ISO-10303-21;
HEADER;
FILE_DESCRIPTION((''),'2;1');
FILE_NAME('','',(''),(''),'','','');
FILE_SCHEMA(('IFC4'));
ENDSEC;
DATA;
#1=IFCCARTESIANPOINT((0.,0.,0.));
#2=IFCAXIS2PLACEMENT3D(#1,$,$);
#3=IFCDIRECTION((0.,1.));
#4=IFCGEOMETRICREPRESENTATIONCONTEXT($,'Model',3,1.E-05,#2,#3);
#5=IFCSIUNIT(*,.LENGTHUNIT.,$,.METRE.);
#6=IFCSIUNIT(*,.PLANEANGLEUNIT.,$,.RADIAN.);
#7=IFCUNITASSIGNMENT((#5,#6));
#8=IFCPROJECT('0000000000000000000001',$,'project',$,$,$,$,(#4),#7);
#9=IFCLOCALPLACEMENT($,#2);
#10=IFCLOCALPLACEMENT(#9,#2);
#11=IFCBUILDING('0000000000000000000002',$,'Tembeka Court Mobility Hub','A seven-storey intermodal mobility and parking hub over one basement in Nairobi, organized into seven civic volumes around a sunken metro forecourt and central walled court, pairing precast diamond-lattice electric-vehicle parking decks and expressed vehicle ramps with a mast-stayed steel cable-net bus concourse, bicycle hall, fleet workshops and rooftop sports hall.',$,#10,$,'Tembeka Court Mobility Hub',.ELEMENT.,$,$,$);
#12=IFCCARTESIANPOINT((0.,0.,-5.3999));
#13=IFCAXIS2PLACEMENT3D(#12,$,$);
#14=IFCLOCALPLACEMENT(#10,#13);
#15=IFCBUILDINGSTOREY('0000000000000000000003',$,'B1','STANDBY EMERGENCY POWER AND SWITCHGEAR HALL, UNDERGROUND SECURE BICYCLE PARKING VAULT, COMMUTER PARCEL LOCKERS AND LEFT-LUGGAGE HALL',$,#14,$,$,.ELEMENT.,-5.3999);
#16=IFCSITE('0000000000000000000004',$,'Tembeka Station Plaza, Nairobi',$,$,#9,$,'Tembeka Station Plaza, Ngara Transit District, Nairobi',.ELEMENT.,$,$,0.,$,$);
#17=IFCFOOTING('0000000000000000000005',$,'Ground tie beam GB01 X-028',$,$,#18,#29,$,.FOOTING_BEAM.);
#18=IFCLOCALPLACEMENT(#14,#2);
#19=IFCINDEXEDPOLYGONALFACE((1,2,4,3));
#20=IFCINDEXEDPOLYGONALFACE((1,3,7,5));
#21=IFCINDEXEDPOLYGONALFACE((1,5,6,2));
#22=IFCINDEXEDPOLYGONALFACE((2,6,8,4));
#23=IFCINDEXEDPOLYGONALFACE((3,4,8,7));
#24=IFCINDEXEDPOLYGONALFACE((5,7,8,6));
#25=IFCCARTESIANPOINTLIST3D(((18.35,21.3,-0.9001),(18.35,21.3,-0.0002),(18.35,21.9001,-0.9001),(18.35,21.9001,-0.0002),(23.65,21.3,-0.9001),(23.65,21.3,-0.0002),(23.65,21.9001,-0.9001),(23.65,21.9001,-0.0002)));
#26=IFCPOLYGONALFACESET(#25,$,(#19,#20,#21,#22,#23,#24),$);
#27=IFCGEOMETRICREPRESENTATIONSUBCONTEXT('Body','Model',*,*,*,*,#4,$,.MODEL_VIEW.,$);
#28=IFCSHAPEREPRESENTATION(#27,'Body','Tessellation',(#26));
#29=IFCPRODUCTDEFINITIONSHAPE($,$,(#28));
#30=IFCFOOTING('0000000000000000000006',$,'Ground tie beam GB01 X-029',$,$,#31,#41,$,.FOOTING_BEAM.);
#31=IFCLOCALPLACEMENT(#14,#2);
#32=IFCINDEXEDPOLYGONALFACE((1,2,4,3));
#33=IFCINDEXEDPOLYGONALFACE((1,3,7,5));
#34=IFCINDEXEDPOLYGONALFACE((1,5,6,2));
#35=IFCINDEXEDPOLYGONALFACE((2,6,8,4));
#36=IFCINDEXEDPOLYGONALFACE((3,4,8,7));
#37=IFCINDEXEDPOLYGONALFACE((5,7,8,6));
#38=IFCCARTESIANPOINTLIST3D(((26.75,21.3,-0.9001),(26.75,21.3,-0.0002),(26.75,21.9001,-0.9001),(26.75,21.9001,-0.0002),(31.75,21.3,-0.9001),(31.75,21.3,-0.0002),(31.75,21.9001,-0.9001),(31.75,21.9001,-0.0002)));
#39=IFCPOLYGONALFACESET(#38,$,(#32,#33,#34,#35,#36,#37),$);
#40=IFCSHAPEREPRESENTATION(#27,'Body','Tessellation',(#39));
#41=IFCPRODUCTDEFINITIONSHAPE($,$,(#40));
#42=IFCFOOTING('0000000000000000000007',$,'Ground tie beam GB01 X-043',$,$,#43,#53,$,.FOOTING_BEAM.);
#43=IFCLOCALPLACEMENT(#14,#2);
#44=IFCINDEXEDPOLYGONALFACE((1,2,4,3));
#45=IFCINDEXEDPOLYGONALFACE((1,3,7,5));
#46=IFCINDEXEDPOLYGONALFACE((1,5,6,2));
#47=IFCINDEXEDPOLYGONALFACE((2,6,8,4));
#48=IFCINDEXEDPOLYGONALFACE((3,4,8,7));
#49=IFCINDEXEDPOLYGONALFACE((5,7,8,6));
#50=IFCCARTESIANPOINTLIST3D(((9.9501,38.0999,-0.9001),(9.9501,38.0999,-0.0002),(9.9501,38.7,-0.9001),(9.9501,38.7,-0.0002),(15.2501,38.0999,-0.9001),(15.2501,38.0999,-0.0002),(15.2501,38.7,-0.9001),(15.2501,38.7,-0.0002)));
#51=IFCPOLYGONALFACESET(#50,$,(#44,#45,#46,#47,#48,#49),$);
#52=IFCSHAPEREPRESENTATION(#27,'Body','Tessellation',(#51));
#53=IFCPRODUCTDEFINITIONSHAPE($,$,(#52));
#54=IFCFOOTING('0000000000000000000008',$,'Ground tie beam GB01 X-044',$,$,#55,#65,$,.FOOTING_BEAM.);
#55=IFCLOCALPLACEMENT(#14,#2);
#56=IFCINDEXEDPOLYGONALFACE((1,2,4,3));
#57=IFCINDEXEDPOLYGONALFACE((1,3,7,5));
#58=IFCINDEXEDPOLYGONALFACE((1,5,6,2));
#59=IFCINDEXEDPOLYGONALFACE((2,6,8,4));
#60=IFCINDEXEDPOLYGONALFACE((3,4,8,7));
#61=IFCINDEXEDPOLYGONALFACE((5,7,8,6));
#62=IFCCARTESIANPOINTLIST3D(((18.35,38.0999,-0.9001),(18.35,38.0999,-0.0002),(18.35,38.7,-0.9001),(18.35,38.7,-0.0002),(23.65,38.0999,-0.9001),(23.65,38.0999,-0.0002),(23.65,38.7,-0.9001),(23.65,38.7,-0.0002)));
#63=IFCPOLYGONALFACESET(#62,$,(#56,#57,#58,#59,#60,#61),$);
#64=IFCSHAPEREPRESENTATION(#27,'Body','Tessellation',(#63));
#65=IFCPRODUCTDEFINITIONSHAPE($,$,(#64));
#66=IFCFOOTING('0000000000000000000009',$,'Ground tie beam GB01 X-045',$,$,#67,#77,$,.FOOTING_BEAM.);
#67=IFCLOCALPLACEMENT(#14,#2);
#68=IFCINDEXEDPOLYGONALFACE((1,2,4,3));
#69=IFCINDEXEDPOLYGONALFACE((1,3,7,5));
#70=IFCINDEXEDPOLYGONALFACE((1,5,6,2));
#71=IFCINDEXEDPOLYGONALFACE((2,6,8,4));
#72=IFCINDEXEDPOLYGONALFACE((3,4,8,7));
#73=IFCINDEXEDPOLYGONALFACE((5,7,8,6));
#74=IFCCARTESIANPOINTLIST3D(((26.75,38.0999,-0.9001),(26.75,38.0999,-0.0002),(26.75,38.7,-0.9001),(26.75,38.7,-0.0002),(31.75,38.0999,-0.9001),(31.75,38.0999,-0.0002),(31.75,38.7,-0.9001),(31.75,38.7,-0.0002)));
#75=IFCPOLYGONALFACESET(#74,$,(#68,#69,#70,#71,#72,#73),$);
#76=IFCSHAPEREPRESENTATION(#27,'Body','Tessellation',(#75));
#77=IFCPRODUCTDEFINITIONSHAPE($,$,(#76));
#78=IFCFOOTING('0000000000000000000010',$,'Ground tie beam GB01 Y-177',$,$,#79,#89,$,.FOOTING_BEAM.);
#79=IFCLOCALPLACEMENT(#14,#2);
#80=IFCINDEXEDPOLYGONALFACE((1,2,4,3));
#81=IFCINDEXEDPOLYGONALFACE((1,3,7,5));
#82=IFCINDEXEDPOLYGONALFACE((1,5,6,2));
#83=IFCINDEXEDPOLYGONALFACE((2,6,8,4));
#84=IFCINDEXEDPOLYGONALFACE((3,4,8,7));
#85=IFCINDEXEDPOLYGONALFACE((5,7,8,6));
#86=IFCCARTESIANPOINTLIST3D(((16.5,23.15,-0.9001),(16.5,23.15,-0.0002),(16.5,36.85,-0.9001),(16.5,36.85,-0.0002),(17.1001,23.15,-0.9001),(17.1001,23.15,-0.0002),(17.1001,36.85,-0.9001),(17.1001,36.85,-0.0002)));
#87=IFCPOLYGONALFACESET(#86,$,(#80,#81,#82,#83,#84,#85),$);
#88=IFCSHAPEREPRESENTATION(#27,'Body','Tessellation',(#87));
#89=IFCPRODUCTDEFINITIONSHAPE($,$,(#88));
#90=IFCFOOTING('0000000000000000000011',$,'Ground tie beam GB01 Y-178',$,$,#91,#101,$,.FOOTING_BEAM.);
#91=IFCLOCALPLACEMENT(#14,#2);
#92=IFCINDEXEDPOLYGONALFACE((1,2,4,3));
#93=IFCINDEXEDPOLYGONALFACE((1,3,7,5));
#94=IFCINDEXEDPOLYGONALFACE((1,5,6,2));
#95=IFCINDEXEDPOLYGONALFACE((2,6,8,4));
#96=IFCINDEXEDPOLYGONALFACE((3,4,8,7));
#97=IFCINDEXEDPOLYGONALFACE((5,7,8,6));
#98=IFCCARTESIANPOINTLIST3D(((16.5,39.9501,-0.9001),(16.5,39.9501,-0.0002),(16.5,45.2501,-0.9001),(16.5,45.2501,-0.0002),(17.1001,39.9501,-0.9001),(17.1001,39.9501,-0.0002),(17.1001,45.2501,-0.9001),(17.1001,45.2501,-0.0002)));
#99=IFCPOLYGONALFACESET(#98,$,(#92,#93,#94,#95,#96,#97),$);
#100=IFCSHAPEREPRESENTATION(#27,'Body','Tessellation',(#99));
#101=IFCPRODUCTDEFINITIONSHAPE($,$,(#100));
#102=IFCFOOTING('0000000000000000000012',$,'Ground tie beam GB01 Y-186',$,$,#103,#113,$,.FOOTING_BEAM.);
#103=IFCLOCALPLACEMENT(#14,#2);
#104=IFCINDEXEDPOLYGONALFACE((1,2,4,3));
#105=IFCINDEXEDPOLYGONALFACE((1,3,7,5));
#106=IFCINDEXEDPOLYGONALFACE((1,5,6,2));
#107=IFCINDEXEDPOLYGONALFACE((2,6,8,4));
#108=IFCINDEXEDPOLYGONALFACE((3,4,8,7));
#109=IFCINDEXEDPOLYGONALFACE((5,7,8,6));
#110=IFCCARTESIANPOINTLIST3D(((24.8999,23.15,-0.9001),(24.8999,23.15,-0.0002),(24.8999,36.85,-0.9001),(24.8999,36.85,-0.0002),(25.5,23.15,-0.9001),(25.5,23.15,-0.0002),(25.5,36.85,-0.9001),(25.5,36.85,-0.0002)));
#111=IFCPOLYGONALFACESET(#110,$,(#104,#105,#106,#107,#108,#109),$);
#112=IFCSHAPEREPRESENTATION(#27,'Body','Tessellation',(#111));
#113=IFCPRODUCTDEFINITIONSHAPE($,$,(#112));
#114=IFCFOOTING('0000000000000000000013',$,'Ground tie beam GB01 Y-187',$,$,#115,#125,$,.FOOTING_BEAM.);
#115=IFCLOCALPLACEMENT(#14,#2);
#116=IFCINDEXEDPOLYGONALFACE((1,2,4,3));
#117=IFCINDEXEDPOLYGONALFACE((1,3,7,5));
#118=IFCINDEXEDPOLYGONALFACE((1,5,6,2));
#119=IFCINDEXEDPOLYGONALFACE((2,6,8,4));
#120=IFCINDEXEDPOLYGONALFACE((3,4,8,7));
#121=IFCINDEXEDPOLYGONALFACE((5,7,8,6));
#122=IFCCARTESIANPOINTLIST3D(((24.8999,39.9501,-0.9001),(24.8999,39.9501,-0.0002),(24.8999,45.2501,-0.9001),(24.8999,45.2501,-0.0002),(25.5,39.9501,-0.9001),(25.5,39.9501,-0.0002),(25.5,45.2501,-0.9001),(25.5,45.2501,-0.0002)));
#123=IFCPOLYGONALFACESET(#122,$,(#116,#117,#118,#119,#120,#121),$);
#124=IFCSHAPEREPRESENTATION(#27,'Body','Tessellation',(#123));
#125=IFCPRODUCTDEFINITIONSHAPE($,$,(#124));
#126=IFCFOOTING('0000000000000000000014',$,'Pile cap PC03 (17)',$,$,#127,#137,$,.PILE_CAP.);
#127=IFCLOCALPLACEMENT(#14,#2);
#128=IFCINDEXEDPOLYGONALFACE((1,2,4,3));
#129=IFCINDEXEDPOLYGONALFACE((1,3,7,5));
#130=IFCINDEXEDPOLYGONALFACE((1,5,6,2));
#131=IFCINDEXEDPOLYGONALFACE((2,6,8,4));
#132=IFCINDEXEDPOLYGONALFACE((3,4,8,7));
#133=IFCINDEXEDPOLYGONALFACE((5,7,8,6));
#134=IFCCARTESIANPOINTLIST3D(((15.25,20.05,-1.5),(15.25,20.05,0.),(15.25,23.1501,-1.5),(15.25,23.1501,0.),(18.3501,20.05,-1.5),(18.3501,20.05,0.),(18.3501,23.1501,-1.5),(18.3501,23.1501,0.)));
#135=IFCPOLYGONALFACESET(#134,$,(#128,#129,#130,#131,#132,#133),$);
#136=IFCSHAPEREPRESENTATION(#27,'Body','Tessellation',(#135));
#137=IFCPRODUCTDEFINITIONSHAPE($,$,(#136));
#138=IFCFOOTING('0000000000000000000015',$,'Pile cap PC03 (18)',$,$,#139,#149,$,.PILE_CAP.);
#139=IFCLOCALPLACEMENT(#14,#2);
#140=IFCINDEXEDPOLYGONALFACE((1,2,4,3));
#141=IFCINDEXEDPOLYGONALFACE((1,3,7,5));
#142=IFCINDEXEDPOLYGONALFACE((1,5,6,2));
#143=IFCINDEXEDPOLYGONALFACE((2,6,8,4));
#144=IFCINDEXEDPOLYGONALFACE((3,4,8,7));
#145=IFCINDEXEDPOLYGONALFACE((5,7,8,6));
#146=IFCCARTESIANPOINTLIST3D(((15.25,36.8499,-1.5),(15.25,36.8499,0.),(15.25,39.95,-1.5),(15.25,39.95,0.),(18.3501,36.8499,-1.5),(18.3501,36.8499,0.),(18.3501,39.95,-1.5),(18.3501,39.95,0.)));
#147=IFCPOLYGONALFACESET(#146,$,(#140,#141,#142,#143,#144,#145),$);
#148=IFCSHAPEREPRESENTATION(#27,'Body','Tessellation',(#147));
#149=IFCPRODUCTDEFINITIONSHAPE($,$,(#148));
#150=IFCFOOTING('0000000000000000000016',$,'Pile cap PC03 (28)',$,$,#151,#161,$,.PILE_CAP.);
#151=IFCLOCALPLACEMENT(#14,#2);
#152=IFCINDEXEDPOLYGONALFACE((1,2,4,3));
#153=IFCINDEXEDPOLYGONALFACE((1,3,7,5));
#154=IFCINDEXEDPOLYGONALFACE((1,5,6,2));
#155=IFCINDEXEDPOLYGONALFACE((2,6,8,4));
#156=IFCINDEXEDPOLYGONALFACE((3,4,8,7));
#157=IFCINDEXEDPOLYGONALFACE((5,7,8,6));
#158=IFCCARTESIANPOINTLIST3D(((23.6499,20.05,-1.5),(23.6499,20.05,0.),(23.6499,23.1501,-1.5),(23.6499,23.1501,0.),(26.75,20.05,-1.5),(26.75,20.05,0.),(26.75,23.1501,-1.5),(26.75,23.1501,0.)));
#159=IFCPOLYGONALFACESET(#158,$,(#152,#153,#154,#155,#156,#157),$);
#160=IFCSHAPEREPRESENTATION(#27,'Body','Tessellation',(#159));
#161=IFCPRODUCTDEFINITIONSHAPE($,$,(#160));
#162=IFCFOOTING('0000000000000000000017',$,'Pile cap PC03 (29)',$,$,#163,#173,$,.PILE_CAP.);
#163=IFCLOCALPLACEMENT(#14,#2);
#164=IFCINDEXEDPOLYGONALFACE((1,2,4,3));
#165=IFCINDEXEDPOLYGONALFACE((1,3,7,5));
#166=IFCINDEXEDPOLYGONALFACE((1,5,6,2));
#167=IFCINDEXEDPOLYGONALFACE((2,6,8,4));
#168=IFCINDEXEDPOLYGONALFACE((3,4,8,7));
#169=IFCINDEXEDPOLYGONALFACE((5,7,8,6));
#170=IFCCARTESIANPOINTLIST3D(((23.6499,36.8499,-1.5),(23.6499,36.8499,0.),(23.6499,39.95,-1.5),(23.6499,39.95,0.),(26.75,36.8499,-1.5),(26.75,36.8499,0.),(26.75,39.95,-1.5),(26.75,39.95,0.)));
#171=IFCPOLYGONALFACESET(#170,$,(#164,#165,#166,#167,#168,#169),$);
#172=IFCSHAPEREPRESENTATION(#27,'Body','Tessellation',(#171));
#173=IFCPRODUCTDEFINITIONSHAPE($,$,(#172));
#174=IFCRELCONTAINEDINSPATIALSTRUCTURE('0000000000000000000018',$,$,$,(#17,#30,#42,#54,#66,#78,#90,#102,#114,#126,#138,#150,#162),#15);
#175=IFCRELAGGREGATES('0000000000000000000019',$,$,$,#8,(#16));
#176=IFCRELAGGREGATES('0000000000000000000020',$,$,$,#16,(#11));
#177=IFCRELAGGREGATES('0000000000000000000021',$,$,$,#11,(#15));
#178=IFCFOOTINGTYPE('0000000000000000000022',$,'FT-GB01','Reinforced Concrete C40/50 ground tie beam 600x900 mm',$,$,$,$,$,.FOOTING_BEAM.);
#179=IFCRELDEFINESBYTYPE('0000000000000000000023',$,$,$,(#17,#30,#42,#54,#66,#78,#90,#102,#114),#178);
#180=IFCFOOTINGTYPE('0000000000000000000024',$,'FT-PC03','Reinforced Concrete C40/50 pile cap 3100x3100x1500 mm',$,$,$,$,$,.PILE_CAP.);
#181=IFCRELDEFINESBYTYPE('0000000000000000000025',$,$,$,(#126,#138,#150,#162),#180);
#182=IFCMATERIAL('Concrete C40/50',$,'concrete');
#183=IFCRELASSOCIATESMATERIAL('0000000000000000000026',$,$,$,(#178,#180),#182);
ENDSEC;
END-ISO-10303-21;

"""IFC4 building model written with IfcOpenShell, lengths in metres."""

from ifc_helpers import new_model, si_unit, direction, frame, origin, origin_2d, place, context, subcontext, project, spatial, rectangle, extrude, material, type_object, element, save


model = new_model("IFC4")

# Units and contexts
model_context = context("Model", 3, precision=1e-05, world=origin(), true_north=direction((0.0, 1.0)))
body_context = subcontext(model_context, "Body", "Model", "MODEL_VIEW")
ifc_project = project(units=[si_unit("LENGTHUNIT", "METRE"), si_unit("PLANEANGLEUNIT", "RADIAN")], contexts=[model_context])

# Site, building, storey
site_placement = place(None, origin())
site = spatial("IfcSite", under=ifc_project, at=site_placement, Name="Tembeka Station Plaza, Nairobi", LongName="Tembeka Station Plaza, Ngara Transit District, Nairobi", CompositionType="ELEMENT", RefElevation=0.0)
building_placement = place(site_placement, origin())
building = spatial("IfcBuilding", under=site, at=building_placement, Name="Tembeka Court Mobility Hub", Description="A seven-storey intermodal mobility and parking hub over one basement in Nairobi, organized into seven civic volumes around a sunken metro forecourt and central walled court, pairing precast diamond-lattice electric-vehicle parking decks and expressed vehicle ramps with a mast-stayed steel cable-net bus concourse, bicycle hall, fleet workshops and rooftop sports hall.", LongName="Tembeka Court Mobility Hub", CompositionType="ELEMENT")
storey_placement = place(building_placement, frame((0.0, 0.0, -5.3999)))
storey = spatial("IfcBuildingStorey", under=building, at=storey_placement, Name="B1", Description="STANDBY EMERGENCY POWER AND SWITCHGEAR HALL, UNDERGROUND SECURE BICYCLE PARKING VAULT, COMMUTER PARCEL LOCKERS AND LEFT-LUGGAGE HALL", CompositionType="ELEMENT", Elevation=-5.3999)

# Footings
ifc_material_1 = material(Name="Concrete C40/50", Category="concrete")
footing_type_1 = type_object("IfcFootingType", Name="FT-GB01", Description="Reinforced Concrete C40/50 ground tie beam 600x900 mm", PredefinedType="FOOTING_BEAM", material=ifc_material_1)
footing_1_placement = place(storey_placement, frame((21.0, 21.6001, -0.9001), z_axis=(0.0, 0.0, 1.0), x_axis=(1.0, 0.0, 0.0)))
element("IfcFooting", 1, at=footing_1_placement, inside=storey, type_object=footing_type_1, Name="Ground tie beam GB01 X-028", PredefinedType="FOOTING_BEAM", context=body_context, shape_type="SweptSolid", body=[
    extrude(rectangle(XDim=5.3, YDim=0.6001, at=origin_2d()), origin(), (0.0, 0.0, 1.0), 0.8999),
])
footing_2_placement = place(storey_placement, frame((29.25, 21.6001, -0.9001), z_axis=(0.0, 0.0, 1.0), x_axis=(1.0, 0.0, 0.0)))
element("IfcFooting", 2, at=footing_2_placement, inside=storey, type_object=footing_type_1, Name="Ground tie beam GB01 X-029", PredefinedType="FOOTING_BEAM", context=body_context, shape_type="SweptSolid", body=[
    extrude(rectangle(XDim=5.0, YDim=0.6001, at=origin_2d()), origin(), (0.0, 0.0, 1.0), 0.8999),
])
for number, where, z_axis, x_axis, name in (
    (3, (12.6001, 38.3999, -0.9001), (0.0, 0.0, 1.0), (1.0, 0.0, 0.0), "Ground tie beam GB01 X-043"),
    (4, (21.0, 38.3999, -0.9001), (0.0, 0.0, 1.0), (1.0, 0.0, 0.0), "Ground tie beam GB01 X-044"),
):
    element("IfcFooting", number, at=place(storey_placement, frame(where, z_axis=z_axis, x_axis=x_axis)), inside=storey, type_object=footing_type_1, Name=name, PredefinedType="FOOTING_BEAM", context=body_context, shape_type="SweptSolid", body=[
        extrude(rectangle(XDim=5.3, YDim=0.6001, at=origin_2d()), origin(), (0.0, 0.0, 1.0), 0.8999),
    ])
footing_3_placement = place(storey_placement, frame((29.25, 38.3999, -0.9001), z_axis=(0.0, 0.0, 1.0), x_axis=(1.0, 0.0, 0.0)))
element("IfcFooting", 5, at=footing_3_placement, inside=storey, type_object=footing_type_1, Name="Ground tie beam GB01 X-045", PredefinedType="FOOTING_BEAM", context=body_context, shape_type="SweptSolid", body=[
    extrude(rectangle(XDim=5.0, YDim=0.6001, at=origin_2d()), origin(), (0.0, 0.0, 1.0), 0.8999),
])
footing_4_placement = place(storey_placement, frame((16.8, 30.0, -0.9001), z_axis=(0.0, 0.0, 1.0), x_axis=(0.0, 1.0, 0.0)))
element("IfcFooting", 6, at=footing_4_placement, inside=storey, type_object=footing_type_1, Name="Ground tie beam GB01 Y-177", PredefinedType="FOOTING_BEAM", context=body_context, shape_type="SweptSolid", body=[
    extrude(rectangle(XDim=13.7, YDim=0.6001, at=origin_2d()), origin(), (0.0, 0.0, 1.0), 0.8999),
])
footing_5_placement = place(storey_placement, frame((16.8, 42.6001, -0.9001), z_axis=(0.0, 0.0, 1.0), x_axis=(0.0, 1.0, 0.0)))
element("IfcFooting", 7, at=footing_5_placement, inside=storey, type_object=footing_type_1, Name="Ground tie beam GB01 Y-178", PredefinedType="FOOTING_BEAM", context=body_context, shape_type="SweptSolid", body=[
    extrude(rectangle(XDim=5.3, YDim=0.6001, at=origin_2d()), origin(), (0.0, 0.0, 1.0), 0.8999),
])
footing_6_placement = place(storey_placement, frame((25.2, 30.0, -0.9001), z_axis=(0.0, 0.0, 1.0), x_axis=(0.0, 1.0, 0.0)))
element("IfcFooting", 8, at=footing_6_placement, inside=storey, type_object=footing_type_1, Name="Ground tie beam GB01 Y-186", PredefinedType="FOOTING_BEAM", context=body_context, shape_type="SweptSolid", body=[
    extrude(rectangle(XDim=13.7, YDim=0.6001, at=origin_2d()), origin(), (0.0, 0.0, 1.0), 0.8999),
])
footing_7_placement = place(storey_placement, frame((25.2, 42.6001, -0.9001), z_axis=(0.0, 0.0, 1.0), x_axis=(0.0, 1.0, 0.0)))
element("IfcFooting", 9, at=footing_7_placement, inside=storey, type_object=footing_type_1, Name="Ground tie beam GB01 Y-187", PredefinedType="FOOTING_BEAM", context=body_context, shape_type="SweptSolid", body=[
    extrude(rectangle(XDim=5.3, YDim=0.6001, at=origin_2d()), origin(), (0.0, 0.0, 1.0), 0.8999),
])
footing_type_2 = type_object("IfcFootingType", Name="FT-PC03", Description="Reinforced Concrete C40/50 pile cap 3100x3100x1500 mm", PredefinedType="PILE_CAP", material=ifc_material_1)
for number, where, z_axis, x_axis, name in (
    (10, (16.8, 21.6001, -1.5), (0.0, 0.0, 1.0), (1.0, 0.0, 0.0), "Pile cap PC03 (17)"),
    (11, (16.8, 38.3999, -1.5), (0.0, 0.0, 1.0), (1.0, 0.0, 0.0), "Pile cap PC03 (18)"),
    (12, (25.2, 21.6001, -1.5), (0.0, 0.0, 1.0), (1.0, 0.0, 0.0), "Pile cap PC03 (28)"),
    (13, (25.2, 38.3999, -1.5), (0.0, 0.0, 1.0), (1.0, 0.0, 0.0), "Pile cap PC03 (29)"),
):
    element("IfcFooting", number, at=place(storey_placement, frame(where, z_axis=z_axis, x_axis=x_axis)), inside=storey, type_object=footing_type_2, Name=name, PredefinedType="PILE_CAP", context=body_context, shape_type="SweptSolid", body=[
        extrude(rectangle(XDim=3.1001, YDim=3.1001, at=origin_2d()), origin(), (0.0, 0.0, 1.0), 1.5),
    ])

save(model, "model.ifc")
